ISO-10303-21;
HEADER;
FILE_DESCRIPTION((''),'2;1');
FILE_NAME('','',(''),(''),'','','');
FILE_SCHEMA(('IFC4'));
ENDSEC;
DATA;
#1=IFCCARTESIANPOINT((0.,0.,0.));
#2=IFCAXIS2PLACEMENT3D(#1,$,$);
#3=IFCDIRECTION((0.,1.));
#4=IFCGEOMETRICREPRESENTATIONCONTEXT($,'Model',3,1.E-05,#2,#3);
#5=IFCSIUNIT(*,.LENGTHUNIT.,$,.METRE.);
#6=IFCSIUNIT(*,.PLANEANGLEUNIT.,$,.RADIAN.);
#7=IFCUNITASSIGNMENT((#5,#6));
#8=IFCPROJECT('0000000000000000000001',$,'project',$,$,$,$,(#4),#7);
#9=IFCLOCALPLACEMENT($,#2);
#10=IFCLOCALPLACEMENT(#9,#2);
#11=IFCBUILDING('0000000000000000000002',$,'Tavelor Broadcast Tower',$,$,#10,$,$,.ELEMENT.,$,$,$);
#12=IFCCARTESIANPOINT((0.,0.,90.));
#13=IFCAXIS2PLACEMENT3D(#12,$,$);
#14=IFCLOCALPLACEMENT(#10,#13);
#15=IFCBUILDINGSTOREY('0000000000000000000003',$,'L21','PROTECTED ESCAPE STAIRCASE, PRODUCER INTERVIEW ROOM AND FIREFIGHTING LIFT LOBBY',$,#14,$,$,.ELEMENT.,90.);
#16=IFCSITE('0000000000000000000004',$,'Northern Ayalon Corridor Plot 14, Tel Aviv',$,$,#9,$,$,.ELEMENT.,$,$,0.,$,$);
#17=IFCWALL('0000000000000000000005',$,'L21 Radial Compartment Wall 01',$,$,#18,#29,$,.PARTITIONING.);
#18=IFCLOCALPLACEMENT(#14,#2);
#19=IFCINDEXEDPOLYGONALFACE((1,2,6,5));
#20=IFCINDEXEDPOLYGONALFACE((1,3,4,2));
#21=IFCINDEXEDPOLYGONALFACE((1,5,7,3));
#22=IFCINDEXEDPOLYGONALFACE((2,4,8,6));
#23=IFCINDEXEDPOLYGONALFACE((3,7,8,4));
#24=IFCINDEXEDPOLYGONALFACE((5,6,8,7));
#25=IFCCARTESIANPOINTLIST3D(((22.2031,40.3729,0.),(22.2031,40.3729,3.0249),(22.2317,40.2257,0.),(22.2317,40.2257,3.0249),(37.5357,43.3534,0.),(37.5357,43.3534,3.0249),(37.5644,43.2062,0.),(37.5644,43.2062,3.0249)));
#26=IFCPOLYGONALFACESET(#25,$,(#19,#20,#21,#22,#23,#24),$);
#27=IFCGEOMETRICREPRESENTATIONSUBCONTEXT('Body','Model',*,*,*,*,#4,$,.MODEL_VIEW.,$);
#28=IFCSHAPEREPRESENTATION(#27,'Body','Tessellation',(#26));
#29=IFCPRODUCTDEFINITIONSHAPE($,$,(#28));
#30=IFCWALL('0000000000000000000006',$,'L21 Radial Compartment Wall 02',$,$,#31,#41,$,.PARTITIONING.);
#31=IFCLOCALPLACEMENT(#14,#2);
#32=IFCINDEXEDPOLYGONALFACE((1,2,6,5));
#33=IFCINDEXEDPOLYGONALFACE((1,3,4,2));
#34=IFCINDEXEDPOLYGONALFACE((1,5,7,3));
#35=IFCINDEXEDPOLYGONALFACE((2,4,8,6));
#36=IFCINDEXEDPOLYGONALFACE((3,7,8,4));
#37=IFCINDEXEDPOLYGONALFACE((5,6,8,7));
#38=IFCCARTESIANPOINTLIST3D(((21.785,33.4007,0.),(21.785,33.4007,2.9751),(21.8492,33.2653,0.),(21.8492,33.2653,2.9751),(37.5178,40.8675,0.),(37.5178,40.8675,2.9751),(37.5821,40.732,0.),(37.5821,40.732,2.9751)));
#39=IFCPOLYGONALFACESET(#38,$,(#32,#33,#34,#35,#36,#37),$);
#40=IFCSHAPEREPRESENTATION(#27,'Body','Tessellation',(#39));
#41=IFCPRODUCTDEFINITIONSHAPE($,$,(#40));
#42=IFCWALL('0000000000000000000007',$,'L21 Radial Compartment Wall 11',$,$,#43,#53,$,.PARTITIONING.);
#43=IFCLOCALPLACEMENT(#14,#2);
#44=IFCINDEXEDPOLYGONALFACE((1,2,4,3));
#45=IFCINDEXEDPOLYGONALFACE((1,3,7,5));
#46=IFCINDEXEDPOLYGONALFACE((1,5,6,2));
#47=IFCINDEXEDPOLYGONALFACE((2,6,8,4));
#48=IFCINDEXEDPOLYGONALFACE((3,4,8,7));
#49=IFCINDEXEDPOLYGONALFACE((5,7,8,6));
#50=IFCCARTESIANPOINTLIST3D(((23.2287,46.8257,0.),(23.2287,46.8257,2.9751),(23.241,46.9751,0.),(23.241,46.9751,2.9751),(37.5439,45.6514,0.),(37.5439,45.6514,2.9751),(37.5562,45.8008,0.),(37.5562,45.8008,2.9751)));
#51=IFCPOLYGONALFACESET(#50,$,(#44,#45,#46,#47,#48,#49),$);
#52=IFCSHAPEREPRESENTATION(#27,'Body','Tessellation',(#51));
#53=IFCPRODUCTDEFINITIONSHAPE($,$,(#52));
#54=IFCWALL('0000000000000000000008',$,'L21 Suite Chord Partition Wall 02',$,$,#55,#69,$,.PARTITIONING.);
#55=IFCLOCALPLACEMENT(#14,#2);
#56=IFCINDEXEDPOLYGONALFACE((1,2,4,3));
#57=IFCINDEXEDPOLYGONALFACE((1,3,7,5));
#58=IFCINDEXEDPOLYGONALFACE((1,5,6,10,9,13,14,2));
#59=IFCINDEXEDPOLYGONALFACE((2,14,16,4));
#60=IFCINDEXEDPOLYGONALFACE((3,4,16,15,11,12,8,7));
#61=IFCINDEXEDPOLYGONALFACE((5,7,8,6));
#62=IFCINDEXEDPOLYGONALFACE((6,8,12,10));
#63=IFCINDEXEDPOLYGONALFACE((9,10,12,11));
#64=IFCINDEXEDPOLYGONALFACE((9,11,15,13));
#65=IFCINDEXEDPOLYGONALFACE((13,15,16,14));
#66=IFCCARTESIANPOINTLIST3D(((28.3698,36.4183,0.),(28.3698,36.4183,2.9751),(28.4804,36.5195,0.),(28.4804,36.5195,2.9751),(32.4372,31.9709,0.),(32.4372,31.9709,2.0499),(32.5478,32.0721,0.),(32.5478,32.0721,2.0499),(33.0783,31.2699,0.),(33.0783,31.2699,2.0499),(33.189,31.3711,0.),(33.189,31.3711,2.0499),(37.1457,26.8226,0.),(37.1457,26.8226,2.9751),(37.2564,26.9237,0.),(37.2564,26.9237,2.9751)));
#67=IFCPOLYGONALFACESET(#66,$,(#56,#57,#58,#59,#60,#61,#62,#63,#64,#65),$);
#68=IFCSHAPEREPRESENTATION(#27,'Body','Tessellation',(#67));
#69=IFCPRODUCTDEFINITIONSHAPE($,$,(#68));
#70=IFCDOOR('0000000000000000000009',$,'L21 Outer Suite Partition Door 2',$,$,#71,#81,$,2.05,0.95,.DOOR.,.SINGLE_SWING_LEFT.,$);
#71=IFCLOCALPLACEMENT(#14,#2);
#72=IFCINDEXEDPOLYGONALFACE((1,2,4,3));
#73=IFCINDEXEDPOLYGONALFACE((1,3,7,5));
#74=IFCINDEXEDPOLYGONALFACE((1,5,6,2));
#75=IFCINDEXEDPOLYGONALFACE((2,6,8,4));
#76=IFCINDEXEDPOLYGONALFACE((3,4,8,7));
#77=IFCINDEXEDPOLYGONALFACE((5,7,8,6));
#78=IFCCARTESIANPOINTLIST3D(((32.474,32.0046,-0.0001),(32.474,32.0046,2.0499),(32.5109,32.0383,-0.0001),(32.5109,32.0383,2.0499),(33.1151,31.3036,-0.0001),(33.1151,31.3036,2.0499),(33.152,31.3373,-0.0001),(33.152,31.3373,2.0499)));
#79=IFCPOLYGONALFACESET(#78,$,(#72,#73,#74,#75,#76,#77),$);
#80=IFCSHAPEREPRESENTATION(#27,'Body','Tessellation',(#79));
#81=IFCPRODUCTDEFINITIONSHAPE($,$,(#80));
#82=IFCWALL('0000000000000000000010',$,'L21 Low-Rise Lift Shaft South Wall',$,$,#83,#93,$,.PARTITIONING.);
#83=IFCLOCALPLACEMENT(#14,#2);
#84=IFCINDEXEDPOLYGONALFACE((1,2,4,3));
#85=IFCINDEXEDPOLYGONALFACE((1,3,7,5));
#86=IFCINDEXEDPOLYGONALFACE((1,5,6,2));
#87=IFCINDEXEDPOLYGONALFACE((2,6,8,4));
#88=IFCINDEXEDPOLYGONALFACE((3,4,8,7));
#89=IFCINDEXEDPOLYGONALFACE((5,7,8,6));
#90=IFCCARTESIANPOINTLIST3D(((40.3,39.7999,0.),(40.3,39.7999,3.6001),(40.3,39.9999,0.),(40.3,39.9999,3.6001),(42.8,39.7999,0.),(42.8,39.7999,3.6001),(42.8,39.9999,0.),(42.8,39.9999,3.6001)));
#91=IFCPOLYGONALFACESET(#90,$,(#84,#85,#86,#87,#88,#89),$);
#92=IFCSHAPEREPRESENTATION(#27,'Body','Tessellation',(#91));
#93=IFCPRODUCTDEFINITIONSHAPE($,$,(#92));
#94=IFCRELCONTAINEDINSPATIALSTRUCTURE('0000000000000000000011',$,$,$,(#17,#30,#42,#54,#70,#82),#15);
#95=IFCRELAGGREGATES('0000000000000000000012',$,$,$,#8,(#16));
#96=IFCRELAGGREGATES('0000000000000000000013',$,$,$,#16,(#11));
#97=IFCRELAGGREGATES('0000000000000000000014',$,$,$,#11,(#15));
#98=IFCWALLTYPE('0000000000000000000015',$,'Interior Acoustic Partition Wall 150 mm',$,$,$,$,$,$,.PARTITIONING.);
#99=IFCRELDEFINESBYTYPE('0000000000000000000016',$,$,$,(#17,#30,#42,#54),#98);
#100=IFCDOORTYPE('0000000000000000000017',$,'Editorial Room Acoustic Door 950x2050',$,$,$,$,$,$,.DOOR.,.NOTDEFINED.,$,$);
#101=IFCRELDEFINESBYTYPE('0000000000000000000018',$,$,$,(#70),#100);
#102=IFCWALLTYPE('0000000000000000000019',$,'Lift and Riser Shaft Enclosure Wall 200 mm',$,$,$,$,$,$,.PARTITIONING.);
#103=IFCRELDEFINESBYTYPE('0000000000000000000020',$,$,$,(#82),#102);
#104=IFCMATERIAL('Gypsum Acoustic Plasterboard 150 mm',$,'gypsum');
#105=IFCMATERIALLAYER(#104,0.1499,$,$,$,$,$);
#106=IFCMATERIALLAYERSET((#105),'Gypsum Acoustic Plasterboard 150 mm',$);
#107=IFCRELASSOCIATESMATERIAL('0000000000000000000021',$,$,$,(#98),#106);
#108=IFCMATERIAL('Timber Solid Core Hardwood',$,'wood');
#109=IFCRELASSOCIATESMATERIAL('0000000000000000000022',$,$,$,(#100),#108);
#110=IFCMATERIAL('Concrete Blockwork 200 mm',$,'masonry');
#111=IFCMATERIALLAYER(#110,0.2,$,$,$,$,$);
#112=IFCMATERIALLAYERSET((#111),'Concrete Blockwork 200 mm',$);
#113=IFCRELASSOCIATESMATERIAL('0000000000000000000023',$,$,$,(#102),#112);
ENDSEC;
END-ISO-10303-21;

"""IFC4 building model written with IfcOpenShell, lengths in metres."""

from ifc_helpers import new_model, si_unit, direction, frame, frame_2d, origin, place, context, subcontext, project, spatial, rectangle, extrude, material, layer, layer_set, type_object, element, fill, save


model = new_model("IFC4")

# Units and contexts
model_context = context("Model", 3, precision=1e-05, world=origin(), true_north=direction((0.0, 1.0)))
body_context = subcontext(model_context, "Body", "Model", "MODEL_VIEW")
ifc_project = project(units=[si_unit("LENGTHUNIT", "METRE"), si_unit("PLANEANGLEUNIT", "RADIAN")], contexts=[model_context])

# Site, building, storey
site_placement = place(None, origin())
site = spatial("IfcSite", under=ifc_project, at=site_placement, Name="Northern Ayalon Corridor Plot 14, Tel Aviv", CompositionType="ELEMENT", RefElevation=0.0)
building_placement = place(site_placement, origin())
building = spatial("IfcBuilding", under=site, at=building_placement, Name="Tavelor Broadcast Tower", CompositionType="ELEMENT")
storey_placement = place(building_placement, frame((0.0, 0.0, 90.0)))
storey = spatial("IfcBuildingStorey", under=building, at=storey_placement, Name="L21", Description="PROTECTED ESCAPE STAIRCASE, PRODUCER INTERVIEW ROOM AND FIREFIGHTING LIFT LOBBY", CompositionType="ELEMENT", Elevation=90.0)

# Shared definitions
ifc_material_1 = material(Name="Timber Solid Core Hardwood", Category="wood")

# Walls
ifc_material_2 = material(Name="Gypsum Acoustic Plasterboard 150 mm", Category="gypsum")
ifc_layer_1 = layer(ifc_material_2, 0.1499)
ifc_layer_set_1 = layer_set([ifc_layer_1], Name="Gypsum Acoustic Plasterboard 150 mm")
wall_type_1 = type_object("IfcWallType", Name="Interior Acoustic Partition Wall 150 mm", PredefinedType="PARTITIONING", material=ifc_layer_set_1)
wall_1_placement = place(storey_placement, frame((37.55, 43.2798, 0.0), z_axis=(0.0, 0.0, 1.0), x_axis=(-0.981626, -0.190817, 0.0)))
element("IfcWall", 1, at=wall_1_placement, inside=storey, type_object=wall_type_1, Name="L21 Radial Compartment Wall 01", PredefinedType="PARTITIONING", context=body_context, shape_type="SweptSolid", body=[
    extrude(rectangle(XDim=15.6196, YDim=0.1499, at=frame_2d((7.8098, 0.0))), origin(), (0.0, 0.0, 1.0), 3.0249),
])
wall_2_placement = place(storey_placement, frame((37.55, 40.7998, 0.0), z_axis=(0.0, 0.0, 1.0), x_axis=(-0.903418, -0.42876, 0.0)))
element("IfcWall", 2, at=wall_2_placement, inside=storey, type_object=wall_type_1, Name="L21 Radial Compartment Wall 02", PredefinedType="PARTITIONING", context=body_context, shape_type="SweptSolid", body=[
    extrude(rectangle(XDim=17.4148, YDim=0.1499, at=frame_2d((8.7075, 0.0))), origin(), (0.0, 0.0, 1.0), 2.9751),
])
wall_3_placement = place(storey_placement, frame((37.55, 45.7261, 0.0), z_axis=(0.0, 0.0, 1.0), x_axis=(-0.996652, 0.081758, 0.0)))
element("IfcWall", 3, at=wall_3_placement, inside=storey, type_object=wall_type_1, Name="L21 Radial Compartment Wall 11", PredefinedType="PARTITIONING", context=body_context, shape_type="SweptSolid", body=[
    extrude(rectangle(XDim=14.3633, YDim=0.1499, at=frame_2d((7.1816, 0.0))), origin(), (0.0, 0.0, 1.0), 2.9751),
])

# Wall, opening, door
wall_4_placement = place(storey_placement, frame((28.425, 36.469, 0.0), z_axis=(0.0, 0.0, 1.0), x_axis=(0.674881, -0.737927, 0.0)))
wall_4 = element("IfcWall", 4, at=wall_4_placement, inside=storey, type_object=wall_type_1, Name="L21 Suite Chord Partition Wall 02", PredefinedType="PARTITIONING", context=body_context, shape_type="SweptSolid", body=[
    extrude(rectangle(XDim=13.0037, YDim=0.1499, at=frame_2d((6.502, 0.0))), origin(), (0.0, 0.0, 1.0), 2.9751),
])
opening_1_placement = place(wall_4_placement, frame((6.0269, 0.0, 0.0)))
opening_1 = element("IfcOpeningElement", 5, at=opening_1_placement, cuts=wall_4, PredefinedType="OPENING", context=body_context, shape_type="SweptSolid", body=[
    extrude(rectangle(XDim=0.95, YDim=2.05, at=frame_2d((0.4751, 1.0249))), frame((0.0, 0.085, 0.0), z_axis=(0.0, -1.0, 0.0), x_axis=(1.0, 0.0, 0.0)), (0.0, 0.0, 1.0), 0.1699),
])
door_type_1 = type_object("IfcDoorType", Name="Editorial Room Acoustic Door 950x2050", OperationType="NOTDEFINED", PredefinedType="DOOR", material=ifc_material_1)
door_1_placement = place(opening_1_placement, origin())
door_1 = element("IfcDoor", 6, at=door_1_placement, inside=storey, type_object=door_type_1, Name="L21 Outer Suite Partition Door 2", OperationType="SINGLE_SWING_LEFT", OverallHeight=2.05, OverallWidth=0.95, PredefinedType="DOOR", context=body_context, shape_type="SweptSolid", body=[
    extrude(rectangle(XDim=0.95, YDim=2.05, at=frame_2d((0.4751, 1.0249))), frame((0.0, 0.0249, 0.0), z_axis=(0.0, -1.0, 0.0), x_axis=(1.0, 0.0, 0.0)), (0.0, 0.0, 1.0), 0.05),
])
fill(opening_1, door_1)

# Shared definitions
ifc_material_3 = material(Name="Concrete Blockwork 200 mm", Category="masonry")

# Wall
ifc_layer_2 = layer(ifc_material_3, 0.2)
ifc_layer_set_2 = layer_set([ifc_layer_2], Name="Concrete Blockwork 200 mm")
wall_type_2 = type_object("IfcWallType", Name="Lift and Riser Shaft Enclosure Wall 200 mm", PredefinedType="PARTITIONING", material=ifc_layer_set_2)
wall_5_placement = place(storey_placement, frame((40.3, 39.8999, 0.0), z_axis=(0.0, 0.0, 1.0), x_axis=(1.0, 0.0, 0.0)))
element("IfcWall", 7, at=wall_5_placement, inside=storey, type_object=wall_type_2, Name="L21 Low-Rise Lift Shaft South Wall", PredefinedType="PARTITIONING", context=body_context, shape_type="SweptSolid", body=[
    extrude(rectangle(XDim=2.5, YDim=0.2, at=frame_2d((1.25, 0.0))), origin(), (0.0, 0.0, 1.0), 3.6001),
])

save(model, "model.ifc")
